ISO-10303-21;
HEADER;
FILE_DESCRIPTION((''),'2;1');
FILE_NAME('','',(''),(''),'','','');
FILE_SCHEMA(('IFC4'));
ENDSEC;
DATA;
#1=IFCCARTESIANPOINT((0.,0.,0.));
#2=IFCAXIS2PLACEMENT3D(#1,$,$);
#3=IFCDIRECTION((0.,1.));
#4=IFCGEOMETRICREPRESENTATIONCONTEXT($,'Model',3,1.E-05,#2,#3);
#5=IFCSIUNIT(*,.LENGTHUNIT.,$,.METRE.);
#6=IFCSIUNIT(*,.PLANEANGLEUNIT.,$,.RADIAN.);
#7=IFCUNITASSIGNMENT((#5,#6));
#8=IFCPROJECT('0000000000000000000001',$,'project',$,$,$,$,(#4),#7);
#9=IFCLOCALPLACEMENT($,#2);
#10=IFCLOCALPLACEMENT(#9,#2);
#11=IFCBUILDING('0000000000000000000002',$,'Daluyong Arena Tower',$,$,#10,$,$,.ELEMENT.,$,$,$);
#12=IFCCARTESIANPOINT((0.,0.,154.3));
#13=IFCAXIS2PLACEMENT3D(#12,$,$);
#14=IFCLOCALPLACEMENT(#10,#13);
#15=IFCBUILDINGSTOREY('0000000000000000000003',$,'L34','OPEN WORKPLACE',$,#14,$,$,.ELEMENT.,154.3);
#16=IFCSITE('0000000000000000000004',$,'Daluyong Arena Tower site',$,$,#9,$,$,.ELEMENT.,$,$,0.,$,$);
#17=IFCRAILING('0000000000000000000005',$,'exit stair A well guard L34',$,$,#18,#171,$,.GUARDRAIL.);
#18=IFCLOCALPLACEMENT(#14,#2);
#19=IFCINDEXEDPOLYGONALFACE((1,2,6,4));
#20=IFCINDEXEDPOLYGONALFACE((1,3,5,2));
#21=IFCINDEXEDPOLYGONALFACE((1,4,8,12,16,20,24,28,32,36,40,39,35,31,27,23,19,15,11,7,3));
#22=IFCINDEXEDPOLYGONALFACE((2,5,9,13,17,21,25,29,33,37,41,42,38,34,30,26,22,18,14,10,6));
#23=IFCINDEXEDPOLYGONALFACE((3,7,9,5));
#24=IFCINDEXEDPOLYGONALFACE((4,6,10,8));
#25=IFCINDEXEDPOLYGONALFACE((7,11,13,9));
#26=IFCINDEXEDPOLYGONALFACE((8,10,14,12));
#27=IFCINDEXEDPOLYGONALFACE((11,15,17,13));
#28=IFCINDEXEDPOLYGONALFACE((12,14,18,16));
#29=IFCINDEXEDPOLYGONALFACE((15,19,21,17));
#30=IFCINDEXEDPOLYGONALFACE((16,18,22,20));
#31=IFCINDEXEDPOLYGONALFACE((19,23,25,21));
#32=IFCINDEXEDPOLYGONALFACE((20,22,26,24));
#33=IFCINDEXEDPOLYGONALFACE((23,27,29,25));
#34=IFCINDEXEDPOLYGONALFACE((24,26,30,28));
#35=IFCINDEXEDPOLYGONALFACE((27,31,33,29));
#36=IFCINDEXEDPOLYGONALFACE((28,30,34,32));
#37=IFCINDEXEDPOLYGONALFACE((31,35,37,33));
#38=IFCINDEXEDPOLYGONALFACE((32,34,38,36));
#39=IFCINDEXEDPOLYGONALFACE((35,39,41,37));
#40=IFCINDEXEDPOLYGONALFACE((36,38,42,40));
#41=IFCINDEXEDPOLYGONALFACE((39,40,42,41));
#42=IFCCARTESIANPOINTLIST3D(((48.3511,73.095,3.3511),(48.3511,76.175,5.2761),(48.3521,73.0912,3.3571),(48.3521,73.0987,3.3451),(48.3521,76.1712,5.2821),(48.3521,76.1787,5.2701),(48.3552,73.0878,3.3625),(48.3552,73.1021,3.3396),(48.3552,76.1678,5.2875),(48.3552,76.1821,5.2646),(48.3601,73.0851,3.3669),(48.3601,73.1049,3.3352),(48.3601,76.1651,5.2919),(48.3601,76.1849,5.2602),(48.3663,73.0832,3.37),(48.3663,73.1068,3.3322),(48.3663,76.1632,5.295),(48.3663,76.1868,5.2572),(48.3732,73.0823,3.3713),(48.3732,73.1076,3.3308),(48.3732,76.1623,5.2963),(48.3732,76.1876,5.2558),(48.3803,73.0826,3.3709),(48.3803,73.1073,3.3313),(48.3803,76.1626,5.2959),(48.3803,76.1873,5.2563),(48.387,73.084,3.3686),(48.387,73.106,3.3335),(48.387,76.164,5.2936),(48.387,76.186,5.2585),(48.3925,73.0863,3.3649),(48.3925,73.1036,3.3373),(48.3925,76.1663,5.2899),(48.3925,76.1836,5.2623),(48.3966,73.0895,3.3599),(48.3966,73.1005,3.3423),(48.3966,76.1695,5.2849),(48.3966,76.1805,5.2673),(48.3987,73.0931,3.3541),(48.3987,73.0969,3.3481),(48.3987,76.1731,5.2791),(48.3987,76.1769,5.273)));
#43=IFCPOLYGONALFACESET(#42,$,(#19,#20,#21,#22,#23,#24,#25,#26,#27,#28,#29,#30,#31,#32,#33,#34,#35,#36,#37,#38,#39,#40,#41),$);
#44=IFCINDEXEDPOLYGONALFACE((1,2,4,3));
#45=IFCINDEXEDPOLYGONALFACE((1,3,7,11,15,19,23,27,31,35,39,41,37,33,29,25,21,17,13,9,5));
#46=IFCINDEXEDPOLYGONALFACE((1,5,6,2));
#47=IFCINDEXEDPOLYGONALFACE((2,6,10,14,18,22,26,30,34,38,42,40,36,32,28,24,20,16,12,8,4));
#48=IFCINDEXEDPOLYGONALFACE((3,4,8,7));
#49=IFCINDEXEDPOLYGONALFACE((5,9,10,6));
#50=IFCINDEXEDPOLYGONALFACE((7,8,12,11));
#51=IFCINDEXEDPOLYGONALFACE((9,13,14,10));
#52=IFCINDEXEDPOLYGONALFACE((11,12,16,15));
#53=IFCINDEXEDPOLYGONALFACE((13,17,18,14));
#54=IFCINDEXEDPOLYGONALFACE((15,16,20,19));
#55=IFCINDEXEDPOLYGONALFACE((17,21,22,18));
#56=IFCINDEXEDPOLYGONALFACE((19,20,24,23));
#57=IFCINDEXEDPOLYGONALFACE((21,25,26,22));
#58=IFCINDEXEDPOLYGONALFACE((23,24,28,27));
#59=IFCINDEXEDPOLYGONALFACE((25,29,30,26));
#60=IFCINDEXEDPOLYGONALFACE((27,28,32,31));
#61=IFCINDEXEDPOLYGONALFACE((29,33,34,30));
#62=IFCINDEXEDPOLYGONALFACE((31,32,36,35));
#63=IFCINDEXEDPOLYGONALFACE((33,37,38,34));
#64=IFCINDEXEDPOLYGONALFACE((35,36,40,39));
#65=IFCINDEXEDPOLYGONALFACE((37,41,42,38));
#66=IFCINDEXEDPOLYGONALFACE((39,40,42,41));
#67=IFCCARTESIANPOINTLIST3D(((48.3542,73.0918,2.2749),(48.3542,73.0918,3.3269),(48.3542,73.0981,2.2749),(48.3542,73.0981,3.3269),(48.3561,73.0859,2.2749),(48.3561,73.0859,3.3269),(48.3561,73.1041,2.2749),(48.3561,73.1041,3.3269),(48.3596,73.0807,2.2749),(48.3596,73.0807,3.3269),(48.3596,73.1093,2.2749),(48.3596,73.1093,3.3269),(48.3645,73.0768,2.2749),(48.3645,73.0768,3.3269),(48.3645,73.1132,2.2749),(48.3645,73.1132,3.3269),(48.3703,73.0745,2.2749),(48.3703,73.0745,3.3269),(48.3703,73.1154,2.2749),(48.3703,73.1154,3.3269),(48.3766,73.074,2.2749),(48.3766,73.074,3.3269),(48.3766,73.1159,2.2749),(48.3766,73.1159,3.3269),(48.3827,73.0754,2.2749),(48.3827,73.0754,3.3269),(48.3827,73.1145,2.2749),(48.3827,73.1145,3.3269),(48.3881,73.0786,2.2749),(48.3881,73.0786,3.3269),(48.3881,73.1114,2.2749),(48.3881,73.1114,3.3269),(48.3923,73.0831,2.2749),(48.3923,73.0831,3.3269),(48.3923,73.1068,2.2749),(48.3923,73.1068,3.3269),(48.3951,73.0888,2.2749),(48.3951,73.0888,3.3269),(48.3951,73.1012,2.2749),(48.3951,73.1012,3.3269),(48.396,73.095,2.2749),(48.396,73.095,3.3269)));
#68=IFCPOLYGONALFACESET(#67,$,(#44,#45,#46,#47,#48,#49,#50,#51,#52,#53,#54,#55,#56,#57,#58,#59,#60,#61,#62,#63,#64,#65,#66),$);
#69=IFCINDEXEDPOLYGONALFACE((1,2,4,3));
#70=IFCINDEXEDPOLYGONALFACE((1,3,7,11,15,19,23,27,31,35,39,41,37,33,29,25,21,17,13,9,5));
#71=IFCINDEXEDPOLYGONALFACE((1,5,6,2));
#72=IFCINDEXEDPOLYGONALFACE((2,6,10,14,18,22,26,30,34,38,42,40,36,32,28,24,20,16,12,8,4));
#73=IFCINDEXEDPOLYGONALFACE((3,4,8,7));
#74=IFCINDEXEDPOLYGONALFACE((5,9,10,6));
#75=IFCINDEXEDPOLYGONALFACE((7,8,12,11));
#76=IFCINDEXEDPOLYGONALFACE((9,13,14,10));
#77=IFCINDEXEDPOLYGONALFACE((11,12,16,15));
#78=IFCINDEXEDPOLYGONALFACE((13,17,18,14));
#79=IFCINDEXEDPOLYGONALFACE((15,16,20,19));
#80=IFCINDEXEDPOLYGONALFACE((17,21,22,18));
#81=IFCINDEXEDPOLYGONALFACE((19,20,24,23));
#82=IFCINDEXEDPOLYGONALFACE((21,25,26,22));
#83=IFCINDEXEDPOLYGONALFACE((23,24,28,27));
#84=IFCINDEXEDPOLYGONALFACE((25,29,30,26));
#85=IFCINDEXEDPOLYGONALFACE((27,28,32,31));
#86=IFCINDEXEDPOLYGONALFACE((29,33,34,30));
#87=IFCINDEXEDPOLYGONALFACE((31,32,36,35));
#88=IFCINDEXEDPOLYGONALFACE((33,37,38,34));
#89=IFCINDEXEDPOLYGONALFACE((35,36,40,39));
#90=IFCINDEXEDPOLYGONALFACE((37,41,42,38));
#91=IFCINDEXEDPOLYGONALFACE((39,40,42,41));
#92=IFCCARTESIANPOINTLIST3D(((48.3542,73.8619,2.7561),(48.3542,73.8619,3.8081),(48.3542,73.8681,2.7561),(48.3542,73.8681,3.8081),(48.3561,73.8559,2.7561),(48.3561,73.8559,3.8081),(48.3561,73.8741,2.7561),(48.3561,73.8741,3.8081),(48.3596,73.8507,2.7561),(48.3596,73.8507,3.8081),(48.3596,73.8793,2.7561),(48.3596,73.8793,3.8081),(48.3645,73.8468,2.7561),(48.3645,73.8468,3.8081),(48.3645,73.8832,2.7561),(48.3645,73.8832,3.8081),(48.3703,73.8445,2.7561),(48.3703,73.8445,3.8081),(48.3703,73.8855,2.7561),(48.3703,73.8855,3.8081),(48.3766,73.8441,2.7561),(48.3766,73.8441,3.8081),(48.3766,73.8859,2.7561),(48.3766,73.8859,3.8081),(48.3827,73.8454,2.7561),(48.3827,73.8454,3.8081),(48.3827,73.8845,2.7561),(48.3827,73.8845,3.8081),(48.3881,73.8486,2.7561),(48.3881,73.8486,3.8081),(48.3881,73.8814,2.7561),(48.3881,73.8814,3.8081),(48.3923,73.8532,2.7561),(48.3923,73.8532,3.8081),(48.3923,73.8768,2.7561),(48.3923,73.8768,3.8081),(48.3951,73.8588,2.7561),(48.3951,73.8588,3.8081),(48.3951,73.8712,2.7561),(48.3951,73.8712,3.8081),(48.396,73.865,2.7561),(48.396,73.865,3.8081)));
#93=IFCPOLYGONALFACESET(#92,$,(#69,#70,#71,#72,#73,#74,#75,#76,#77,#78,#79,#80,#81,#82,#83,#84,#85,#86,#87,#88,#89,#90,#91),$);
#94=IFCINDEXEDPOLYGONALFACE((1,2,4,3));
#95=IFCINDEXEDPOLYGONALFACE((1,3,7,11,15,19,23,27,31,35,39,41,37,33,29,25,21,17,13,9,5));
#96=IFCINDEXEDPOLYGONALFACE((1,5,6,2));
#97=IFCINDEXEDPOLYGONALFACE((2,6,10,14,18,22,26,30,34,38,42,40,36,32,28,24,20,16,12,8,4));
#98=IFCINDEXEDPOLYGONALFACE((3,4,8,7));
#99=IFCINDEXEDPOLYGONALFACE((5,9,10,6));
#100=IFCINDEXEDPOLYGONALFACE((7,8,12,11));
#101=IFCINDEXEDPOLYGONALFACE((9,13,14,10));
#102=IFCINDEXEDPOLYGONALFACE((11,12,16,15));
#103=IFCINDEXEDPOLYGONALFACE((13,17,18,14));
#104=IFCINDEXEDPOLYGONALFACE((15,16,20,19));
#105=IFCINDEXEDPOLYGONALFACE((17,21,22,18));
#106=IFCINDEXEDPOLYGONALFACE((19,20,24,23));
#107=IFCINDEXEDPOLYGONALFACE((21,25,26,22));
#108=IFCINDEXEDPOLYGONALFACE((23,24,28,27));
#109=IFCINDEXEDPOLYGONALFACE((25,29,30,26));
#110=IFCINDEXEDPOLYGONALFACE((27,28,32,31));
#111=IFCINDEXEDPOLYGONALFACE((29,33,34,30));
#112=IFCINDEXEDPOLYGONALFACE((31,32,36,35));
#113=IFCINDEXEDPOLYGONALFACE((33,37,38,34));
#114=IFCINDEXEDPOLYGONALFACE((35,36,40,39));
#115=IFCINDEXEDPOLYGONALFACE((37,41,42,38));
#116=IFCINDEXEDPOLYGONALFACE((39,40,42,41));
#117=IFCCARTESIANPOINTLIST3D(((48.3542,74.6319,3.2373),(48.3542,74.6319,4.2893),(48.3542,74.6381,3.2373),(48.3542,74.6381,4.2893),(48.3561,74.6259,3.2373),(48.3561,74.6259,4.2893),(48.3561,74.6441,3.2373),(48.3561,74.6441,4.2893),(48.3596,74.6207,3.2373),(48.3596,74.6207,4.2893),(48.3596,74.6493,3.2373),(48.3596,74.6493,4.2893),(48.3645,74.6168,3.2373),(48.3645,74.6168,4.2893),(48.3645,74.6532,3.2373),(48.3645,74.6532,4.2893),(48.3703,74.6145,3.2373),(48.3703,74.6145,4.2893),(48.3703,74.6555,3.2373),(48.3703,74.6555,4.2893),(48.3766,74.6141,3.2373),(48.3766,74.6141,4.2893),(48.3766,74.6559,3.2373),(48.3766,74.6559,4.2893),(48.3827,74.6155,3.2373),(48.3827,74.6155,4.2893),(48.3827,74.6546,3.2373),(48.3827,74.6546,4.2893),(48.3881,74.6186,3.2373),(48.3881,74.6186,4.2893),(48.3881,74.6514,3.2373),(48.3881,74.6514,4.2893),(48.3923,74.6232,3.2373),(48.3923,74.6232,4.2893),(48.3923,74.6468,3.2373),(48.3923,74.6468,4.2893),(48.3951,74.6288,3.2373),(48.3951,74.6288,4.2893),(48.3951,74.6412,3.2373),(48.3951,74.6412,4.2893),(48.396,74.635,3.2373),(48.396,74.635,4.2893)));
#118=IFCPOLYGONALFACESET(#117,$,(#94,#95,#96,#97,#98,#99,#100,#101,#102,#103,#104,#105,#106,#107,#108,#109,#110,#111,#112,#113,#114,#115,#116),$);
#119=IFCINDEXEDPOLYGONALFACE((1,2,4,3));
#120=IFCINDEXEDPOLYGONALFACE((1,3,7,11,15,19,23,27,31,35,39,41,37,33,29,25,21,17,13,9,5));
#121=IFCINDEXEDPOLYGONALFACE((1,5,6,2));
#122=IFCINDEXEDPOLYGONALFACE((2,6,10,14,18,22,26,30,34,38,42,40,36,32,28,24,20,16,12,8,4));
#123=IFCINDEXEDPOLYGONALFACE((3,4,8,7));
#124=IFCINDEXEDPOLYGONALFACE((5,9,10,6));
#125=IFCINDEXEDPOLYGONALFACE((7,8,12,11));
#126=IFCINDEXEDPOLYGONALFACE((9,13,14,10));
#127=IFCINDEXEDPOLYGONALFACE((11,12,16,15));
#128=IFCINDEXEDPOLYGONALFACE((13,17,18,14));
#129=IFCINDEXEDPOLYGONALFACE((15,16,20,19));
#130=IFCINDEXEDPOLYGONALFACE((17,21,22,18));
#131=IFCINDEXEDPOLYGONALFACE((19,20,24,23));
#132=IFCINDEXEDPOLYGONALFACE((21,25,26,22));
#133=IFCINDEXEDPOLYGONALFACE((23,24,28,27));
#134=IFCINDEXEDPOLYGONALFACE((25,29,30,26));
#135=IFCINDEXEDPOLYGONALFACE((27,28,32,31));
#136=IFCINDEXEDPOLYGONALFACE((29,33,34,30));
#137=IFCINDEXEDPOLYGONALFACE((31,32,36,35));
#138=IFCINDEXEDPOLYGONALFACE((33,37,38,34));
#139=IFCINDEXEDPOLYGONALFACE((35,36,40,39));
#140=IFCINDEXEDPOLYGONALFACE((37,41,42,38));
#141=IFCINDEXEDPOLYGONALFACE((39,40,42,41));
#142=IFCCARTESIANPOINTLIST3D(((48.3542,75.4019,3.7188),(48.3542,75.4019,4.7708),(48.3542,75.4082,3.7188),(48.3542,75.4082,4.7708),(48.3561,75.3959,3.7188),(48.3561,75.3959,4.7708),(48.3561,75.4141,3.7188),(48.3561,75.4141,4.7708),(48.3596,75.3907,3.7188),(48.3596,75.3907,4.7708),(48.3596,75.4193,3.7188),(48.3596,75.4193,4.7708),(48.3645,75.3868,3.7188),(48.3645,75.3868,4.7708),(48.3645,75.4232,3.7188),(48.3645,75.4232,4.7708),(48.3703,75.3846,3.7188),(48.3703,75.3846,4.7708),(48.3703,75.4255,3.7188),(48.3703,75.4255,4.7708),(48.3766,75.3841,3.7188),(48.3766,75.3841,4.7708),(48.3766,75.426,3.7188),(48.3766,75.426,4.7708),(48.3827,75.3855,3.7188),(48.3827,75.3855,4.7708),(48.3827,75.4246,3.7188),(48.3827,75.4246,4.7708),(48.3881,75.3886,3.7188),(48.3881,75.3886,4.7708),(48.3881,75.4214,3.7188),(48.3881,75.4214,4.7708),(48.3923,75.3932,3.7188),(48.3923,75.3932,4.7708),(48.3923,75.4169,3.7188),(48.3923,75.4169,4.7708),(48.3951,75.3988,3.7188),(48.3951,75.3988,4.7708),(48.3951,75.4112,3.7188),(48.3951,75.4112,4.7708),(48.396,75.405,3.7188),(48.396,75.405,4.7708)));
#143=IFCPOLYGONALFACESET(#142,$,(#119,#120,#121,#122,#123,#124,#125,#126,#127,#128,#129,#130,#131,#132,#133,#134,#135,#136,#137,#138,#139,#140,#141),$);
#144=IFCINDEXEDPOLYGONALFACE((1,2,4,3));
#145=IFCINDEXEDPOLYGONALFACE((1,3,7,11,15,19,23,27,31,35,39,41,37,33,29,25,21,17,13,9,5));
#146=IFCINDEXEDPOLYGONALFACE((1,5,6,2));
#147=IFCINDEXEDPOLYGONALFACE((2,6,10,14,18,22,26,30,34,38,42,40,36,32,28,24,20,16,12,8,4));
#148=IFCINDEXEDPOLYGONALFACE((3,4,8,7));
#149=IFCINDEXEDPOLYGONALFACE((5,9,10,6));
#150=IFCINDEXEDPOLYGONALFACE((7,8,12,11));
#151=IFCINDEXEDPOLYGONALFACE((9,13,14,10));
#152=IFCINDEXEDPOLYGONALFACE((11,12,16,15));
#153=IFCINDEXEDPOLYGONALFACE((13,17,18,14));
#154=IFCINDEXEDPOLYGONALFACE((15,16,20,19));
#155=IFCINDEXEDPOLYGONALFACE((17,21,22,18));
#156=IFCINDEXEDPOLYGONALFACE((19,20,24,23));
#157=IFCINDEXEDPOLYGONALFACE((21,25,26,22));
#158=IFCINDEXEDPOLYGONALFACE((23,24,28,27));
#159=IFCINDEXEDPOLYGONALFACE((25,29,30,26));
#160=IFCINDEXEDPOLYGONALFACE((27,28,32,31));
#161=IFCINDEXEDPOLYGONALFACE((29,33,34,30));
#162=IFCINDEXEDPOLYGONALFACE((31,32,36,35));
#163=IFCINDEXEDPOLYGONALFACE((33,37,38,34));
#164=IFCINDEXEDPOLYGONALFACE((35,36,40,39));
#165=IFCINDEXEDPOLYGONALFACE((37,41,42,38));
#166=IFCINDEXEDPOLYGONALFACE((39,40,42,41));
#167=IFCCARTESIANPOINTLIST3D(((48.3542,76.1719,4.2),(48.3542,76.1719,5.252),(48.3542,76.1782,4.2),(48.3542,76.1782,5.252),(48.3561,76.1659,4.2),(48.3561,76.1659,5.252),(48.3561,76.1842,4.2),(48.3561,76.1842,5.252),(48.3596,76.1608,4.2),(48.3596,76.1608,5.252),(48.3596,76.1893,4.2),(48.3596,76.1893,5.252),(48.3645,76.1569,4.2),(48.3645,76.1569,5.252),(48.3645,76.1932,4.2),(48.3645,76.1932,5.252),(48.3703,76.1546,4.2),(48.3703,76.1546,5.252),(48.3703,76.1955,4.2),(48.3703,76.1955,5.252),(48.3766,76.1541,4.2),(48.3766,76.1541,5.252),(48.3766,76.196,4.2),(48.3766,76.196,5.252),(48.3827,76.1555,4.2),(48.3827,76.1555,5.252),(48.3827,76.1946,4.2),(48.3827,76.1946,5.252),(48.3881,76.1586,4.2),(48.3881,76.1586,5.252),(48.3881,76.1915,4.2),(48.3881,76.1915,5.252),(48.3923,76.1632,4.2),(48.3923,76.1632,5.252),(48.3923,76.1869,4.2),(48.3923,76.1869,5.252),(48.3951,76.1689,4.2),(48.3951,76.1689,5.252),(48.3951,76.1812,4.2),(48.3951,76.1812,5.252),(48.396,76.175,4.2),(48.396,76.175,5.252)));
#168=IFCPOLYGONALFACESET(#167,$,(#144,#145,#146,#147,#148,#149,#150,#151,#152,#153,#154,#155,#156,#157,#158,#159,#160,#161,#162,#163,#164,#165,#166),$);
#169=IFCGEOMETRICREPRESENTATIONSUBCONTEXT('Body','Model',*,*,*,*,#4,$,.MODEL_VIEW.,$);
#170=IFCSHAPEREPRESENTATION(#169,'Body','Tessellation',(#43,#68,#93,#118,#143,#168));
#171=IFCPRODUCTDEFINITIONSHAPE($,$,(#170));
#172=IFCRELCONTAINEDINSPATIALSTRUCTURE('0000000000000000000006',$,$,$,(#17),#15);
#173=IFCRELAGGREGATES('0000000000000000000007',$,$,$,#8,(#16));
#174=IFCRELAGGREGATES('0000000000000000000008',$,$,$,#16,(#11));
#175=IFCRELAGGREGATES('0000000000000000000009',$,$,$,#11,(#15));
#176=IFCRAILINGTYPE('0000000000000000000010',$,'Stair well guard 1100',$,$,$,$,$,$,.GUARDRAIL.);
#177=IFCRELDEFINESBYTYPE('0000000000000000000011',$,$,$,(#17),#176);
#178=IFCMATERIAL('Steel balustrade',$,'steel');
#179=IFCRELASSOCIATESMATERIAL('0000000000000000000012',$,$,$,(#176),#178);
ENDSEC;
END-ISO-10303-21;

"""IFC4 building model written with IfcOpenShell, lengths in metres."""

from ifc_helpers import new_model, si_unit, direction, frame, origin, origin_2d, place, context, subcontext, project, spatial, circle, extrude, material, type_object, element, save


model = new_model("IFC4")

# Units and contexts
model_context = context("Model", 3, precision=1e-05, world=origin(), true_north=direction((0.0, 1.0)))
body_context = subcontext(model_context, "Body", "Model", "MODEL_VIEW")
ifc_project = project(units=[si_unit("LENGTHUNIT", "METRE"), si_unit("PLANEANGLEUNIT", "RADIAN")], contexts=[model_context])

# Site, building, storey
site_placement = place(None, origin())
site = spatial("IfcSite", under=ifc_project, at=site_placement, Name="Daluyong Arena Tower site", CompositionType="ELEMENT", RefElevation=0.0)
building_placement = place(site_placement, origin())
building = spatial("IfcBuilding", under=site, at=building_placement, Name="Daluyong Arena Tower", CompositionType="ELEMENT")
storey_placement = place(building_placement, frame((0.0, 0.0, 154.3)))
storey = spatial("IfcBuildingStorey", under=building, at=storey_placement, Name="L34", Description="OPEN WORKPLACE", CompositionType="ELEMENT", Elevation=154.3)

# Railing
ifc_material_1 = material(Name="Steel balustrade", Category="steel")
railing_type_1 = type_object("IfcRailingType", Name="Stair well guard 1100", PredefinedType="GUARDRAIL", material=ifc_material_1)
railing_1_placement = place(storey_placement, frame((48.375, 73.095, 2.2749)))
element("IfcRailing", 1, at=railing_1_placement, inside=storey, type_object=railing_type_1, Name="exit stair A well guard L34", PredefinedType="GUARDRAIL", context=body_context, shape_type="SweptSolid", body=[
    extrude(circle(Radius=0.0239, at=origin_2d()), frame((0.0, 0.0, 1.0762), z_axis=(0.0, 0.847998, 0.529999), x_axis=(-1.0, 0.0, 0.0)), (0.0, 0.0, 1.0), 3.6321),
    extrude(circle(Radius=0.021, at=origin_2d()), origin(), (0.0, 0.0, 1.0), 1.052),
    extrude(circle(Radius=0.021, at=origin_2d()), frame((0.0, 0.77, 0.4812)), (0.0, 0.0, 1.0), 1.052),
    extrude(circle(Radius=0.021, at=origin_2d()), frame((0.0, 1.54, 0.9624)), (0.0, 0.0, 1.0), 1.052),
    extrude(circle(Radius=0.021, at=origin_2d()), frame((0.0, 2.3101, 1.4438)), (0.0, 0.0, 1.0), 1.052),
    extrude(circle(Radius=0.021, at=origin_2d()), frame((0.0, 3.0801, 1.925)), (0.0, 0.0, 1.0), 1.052),
])

save(model, "model.ifc")
